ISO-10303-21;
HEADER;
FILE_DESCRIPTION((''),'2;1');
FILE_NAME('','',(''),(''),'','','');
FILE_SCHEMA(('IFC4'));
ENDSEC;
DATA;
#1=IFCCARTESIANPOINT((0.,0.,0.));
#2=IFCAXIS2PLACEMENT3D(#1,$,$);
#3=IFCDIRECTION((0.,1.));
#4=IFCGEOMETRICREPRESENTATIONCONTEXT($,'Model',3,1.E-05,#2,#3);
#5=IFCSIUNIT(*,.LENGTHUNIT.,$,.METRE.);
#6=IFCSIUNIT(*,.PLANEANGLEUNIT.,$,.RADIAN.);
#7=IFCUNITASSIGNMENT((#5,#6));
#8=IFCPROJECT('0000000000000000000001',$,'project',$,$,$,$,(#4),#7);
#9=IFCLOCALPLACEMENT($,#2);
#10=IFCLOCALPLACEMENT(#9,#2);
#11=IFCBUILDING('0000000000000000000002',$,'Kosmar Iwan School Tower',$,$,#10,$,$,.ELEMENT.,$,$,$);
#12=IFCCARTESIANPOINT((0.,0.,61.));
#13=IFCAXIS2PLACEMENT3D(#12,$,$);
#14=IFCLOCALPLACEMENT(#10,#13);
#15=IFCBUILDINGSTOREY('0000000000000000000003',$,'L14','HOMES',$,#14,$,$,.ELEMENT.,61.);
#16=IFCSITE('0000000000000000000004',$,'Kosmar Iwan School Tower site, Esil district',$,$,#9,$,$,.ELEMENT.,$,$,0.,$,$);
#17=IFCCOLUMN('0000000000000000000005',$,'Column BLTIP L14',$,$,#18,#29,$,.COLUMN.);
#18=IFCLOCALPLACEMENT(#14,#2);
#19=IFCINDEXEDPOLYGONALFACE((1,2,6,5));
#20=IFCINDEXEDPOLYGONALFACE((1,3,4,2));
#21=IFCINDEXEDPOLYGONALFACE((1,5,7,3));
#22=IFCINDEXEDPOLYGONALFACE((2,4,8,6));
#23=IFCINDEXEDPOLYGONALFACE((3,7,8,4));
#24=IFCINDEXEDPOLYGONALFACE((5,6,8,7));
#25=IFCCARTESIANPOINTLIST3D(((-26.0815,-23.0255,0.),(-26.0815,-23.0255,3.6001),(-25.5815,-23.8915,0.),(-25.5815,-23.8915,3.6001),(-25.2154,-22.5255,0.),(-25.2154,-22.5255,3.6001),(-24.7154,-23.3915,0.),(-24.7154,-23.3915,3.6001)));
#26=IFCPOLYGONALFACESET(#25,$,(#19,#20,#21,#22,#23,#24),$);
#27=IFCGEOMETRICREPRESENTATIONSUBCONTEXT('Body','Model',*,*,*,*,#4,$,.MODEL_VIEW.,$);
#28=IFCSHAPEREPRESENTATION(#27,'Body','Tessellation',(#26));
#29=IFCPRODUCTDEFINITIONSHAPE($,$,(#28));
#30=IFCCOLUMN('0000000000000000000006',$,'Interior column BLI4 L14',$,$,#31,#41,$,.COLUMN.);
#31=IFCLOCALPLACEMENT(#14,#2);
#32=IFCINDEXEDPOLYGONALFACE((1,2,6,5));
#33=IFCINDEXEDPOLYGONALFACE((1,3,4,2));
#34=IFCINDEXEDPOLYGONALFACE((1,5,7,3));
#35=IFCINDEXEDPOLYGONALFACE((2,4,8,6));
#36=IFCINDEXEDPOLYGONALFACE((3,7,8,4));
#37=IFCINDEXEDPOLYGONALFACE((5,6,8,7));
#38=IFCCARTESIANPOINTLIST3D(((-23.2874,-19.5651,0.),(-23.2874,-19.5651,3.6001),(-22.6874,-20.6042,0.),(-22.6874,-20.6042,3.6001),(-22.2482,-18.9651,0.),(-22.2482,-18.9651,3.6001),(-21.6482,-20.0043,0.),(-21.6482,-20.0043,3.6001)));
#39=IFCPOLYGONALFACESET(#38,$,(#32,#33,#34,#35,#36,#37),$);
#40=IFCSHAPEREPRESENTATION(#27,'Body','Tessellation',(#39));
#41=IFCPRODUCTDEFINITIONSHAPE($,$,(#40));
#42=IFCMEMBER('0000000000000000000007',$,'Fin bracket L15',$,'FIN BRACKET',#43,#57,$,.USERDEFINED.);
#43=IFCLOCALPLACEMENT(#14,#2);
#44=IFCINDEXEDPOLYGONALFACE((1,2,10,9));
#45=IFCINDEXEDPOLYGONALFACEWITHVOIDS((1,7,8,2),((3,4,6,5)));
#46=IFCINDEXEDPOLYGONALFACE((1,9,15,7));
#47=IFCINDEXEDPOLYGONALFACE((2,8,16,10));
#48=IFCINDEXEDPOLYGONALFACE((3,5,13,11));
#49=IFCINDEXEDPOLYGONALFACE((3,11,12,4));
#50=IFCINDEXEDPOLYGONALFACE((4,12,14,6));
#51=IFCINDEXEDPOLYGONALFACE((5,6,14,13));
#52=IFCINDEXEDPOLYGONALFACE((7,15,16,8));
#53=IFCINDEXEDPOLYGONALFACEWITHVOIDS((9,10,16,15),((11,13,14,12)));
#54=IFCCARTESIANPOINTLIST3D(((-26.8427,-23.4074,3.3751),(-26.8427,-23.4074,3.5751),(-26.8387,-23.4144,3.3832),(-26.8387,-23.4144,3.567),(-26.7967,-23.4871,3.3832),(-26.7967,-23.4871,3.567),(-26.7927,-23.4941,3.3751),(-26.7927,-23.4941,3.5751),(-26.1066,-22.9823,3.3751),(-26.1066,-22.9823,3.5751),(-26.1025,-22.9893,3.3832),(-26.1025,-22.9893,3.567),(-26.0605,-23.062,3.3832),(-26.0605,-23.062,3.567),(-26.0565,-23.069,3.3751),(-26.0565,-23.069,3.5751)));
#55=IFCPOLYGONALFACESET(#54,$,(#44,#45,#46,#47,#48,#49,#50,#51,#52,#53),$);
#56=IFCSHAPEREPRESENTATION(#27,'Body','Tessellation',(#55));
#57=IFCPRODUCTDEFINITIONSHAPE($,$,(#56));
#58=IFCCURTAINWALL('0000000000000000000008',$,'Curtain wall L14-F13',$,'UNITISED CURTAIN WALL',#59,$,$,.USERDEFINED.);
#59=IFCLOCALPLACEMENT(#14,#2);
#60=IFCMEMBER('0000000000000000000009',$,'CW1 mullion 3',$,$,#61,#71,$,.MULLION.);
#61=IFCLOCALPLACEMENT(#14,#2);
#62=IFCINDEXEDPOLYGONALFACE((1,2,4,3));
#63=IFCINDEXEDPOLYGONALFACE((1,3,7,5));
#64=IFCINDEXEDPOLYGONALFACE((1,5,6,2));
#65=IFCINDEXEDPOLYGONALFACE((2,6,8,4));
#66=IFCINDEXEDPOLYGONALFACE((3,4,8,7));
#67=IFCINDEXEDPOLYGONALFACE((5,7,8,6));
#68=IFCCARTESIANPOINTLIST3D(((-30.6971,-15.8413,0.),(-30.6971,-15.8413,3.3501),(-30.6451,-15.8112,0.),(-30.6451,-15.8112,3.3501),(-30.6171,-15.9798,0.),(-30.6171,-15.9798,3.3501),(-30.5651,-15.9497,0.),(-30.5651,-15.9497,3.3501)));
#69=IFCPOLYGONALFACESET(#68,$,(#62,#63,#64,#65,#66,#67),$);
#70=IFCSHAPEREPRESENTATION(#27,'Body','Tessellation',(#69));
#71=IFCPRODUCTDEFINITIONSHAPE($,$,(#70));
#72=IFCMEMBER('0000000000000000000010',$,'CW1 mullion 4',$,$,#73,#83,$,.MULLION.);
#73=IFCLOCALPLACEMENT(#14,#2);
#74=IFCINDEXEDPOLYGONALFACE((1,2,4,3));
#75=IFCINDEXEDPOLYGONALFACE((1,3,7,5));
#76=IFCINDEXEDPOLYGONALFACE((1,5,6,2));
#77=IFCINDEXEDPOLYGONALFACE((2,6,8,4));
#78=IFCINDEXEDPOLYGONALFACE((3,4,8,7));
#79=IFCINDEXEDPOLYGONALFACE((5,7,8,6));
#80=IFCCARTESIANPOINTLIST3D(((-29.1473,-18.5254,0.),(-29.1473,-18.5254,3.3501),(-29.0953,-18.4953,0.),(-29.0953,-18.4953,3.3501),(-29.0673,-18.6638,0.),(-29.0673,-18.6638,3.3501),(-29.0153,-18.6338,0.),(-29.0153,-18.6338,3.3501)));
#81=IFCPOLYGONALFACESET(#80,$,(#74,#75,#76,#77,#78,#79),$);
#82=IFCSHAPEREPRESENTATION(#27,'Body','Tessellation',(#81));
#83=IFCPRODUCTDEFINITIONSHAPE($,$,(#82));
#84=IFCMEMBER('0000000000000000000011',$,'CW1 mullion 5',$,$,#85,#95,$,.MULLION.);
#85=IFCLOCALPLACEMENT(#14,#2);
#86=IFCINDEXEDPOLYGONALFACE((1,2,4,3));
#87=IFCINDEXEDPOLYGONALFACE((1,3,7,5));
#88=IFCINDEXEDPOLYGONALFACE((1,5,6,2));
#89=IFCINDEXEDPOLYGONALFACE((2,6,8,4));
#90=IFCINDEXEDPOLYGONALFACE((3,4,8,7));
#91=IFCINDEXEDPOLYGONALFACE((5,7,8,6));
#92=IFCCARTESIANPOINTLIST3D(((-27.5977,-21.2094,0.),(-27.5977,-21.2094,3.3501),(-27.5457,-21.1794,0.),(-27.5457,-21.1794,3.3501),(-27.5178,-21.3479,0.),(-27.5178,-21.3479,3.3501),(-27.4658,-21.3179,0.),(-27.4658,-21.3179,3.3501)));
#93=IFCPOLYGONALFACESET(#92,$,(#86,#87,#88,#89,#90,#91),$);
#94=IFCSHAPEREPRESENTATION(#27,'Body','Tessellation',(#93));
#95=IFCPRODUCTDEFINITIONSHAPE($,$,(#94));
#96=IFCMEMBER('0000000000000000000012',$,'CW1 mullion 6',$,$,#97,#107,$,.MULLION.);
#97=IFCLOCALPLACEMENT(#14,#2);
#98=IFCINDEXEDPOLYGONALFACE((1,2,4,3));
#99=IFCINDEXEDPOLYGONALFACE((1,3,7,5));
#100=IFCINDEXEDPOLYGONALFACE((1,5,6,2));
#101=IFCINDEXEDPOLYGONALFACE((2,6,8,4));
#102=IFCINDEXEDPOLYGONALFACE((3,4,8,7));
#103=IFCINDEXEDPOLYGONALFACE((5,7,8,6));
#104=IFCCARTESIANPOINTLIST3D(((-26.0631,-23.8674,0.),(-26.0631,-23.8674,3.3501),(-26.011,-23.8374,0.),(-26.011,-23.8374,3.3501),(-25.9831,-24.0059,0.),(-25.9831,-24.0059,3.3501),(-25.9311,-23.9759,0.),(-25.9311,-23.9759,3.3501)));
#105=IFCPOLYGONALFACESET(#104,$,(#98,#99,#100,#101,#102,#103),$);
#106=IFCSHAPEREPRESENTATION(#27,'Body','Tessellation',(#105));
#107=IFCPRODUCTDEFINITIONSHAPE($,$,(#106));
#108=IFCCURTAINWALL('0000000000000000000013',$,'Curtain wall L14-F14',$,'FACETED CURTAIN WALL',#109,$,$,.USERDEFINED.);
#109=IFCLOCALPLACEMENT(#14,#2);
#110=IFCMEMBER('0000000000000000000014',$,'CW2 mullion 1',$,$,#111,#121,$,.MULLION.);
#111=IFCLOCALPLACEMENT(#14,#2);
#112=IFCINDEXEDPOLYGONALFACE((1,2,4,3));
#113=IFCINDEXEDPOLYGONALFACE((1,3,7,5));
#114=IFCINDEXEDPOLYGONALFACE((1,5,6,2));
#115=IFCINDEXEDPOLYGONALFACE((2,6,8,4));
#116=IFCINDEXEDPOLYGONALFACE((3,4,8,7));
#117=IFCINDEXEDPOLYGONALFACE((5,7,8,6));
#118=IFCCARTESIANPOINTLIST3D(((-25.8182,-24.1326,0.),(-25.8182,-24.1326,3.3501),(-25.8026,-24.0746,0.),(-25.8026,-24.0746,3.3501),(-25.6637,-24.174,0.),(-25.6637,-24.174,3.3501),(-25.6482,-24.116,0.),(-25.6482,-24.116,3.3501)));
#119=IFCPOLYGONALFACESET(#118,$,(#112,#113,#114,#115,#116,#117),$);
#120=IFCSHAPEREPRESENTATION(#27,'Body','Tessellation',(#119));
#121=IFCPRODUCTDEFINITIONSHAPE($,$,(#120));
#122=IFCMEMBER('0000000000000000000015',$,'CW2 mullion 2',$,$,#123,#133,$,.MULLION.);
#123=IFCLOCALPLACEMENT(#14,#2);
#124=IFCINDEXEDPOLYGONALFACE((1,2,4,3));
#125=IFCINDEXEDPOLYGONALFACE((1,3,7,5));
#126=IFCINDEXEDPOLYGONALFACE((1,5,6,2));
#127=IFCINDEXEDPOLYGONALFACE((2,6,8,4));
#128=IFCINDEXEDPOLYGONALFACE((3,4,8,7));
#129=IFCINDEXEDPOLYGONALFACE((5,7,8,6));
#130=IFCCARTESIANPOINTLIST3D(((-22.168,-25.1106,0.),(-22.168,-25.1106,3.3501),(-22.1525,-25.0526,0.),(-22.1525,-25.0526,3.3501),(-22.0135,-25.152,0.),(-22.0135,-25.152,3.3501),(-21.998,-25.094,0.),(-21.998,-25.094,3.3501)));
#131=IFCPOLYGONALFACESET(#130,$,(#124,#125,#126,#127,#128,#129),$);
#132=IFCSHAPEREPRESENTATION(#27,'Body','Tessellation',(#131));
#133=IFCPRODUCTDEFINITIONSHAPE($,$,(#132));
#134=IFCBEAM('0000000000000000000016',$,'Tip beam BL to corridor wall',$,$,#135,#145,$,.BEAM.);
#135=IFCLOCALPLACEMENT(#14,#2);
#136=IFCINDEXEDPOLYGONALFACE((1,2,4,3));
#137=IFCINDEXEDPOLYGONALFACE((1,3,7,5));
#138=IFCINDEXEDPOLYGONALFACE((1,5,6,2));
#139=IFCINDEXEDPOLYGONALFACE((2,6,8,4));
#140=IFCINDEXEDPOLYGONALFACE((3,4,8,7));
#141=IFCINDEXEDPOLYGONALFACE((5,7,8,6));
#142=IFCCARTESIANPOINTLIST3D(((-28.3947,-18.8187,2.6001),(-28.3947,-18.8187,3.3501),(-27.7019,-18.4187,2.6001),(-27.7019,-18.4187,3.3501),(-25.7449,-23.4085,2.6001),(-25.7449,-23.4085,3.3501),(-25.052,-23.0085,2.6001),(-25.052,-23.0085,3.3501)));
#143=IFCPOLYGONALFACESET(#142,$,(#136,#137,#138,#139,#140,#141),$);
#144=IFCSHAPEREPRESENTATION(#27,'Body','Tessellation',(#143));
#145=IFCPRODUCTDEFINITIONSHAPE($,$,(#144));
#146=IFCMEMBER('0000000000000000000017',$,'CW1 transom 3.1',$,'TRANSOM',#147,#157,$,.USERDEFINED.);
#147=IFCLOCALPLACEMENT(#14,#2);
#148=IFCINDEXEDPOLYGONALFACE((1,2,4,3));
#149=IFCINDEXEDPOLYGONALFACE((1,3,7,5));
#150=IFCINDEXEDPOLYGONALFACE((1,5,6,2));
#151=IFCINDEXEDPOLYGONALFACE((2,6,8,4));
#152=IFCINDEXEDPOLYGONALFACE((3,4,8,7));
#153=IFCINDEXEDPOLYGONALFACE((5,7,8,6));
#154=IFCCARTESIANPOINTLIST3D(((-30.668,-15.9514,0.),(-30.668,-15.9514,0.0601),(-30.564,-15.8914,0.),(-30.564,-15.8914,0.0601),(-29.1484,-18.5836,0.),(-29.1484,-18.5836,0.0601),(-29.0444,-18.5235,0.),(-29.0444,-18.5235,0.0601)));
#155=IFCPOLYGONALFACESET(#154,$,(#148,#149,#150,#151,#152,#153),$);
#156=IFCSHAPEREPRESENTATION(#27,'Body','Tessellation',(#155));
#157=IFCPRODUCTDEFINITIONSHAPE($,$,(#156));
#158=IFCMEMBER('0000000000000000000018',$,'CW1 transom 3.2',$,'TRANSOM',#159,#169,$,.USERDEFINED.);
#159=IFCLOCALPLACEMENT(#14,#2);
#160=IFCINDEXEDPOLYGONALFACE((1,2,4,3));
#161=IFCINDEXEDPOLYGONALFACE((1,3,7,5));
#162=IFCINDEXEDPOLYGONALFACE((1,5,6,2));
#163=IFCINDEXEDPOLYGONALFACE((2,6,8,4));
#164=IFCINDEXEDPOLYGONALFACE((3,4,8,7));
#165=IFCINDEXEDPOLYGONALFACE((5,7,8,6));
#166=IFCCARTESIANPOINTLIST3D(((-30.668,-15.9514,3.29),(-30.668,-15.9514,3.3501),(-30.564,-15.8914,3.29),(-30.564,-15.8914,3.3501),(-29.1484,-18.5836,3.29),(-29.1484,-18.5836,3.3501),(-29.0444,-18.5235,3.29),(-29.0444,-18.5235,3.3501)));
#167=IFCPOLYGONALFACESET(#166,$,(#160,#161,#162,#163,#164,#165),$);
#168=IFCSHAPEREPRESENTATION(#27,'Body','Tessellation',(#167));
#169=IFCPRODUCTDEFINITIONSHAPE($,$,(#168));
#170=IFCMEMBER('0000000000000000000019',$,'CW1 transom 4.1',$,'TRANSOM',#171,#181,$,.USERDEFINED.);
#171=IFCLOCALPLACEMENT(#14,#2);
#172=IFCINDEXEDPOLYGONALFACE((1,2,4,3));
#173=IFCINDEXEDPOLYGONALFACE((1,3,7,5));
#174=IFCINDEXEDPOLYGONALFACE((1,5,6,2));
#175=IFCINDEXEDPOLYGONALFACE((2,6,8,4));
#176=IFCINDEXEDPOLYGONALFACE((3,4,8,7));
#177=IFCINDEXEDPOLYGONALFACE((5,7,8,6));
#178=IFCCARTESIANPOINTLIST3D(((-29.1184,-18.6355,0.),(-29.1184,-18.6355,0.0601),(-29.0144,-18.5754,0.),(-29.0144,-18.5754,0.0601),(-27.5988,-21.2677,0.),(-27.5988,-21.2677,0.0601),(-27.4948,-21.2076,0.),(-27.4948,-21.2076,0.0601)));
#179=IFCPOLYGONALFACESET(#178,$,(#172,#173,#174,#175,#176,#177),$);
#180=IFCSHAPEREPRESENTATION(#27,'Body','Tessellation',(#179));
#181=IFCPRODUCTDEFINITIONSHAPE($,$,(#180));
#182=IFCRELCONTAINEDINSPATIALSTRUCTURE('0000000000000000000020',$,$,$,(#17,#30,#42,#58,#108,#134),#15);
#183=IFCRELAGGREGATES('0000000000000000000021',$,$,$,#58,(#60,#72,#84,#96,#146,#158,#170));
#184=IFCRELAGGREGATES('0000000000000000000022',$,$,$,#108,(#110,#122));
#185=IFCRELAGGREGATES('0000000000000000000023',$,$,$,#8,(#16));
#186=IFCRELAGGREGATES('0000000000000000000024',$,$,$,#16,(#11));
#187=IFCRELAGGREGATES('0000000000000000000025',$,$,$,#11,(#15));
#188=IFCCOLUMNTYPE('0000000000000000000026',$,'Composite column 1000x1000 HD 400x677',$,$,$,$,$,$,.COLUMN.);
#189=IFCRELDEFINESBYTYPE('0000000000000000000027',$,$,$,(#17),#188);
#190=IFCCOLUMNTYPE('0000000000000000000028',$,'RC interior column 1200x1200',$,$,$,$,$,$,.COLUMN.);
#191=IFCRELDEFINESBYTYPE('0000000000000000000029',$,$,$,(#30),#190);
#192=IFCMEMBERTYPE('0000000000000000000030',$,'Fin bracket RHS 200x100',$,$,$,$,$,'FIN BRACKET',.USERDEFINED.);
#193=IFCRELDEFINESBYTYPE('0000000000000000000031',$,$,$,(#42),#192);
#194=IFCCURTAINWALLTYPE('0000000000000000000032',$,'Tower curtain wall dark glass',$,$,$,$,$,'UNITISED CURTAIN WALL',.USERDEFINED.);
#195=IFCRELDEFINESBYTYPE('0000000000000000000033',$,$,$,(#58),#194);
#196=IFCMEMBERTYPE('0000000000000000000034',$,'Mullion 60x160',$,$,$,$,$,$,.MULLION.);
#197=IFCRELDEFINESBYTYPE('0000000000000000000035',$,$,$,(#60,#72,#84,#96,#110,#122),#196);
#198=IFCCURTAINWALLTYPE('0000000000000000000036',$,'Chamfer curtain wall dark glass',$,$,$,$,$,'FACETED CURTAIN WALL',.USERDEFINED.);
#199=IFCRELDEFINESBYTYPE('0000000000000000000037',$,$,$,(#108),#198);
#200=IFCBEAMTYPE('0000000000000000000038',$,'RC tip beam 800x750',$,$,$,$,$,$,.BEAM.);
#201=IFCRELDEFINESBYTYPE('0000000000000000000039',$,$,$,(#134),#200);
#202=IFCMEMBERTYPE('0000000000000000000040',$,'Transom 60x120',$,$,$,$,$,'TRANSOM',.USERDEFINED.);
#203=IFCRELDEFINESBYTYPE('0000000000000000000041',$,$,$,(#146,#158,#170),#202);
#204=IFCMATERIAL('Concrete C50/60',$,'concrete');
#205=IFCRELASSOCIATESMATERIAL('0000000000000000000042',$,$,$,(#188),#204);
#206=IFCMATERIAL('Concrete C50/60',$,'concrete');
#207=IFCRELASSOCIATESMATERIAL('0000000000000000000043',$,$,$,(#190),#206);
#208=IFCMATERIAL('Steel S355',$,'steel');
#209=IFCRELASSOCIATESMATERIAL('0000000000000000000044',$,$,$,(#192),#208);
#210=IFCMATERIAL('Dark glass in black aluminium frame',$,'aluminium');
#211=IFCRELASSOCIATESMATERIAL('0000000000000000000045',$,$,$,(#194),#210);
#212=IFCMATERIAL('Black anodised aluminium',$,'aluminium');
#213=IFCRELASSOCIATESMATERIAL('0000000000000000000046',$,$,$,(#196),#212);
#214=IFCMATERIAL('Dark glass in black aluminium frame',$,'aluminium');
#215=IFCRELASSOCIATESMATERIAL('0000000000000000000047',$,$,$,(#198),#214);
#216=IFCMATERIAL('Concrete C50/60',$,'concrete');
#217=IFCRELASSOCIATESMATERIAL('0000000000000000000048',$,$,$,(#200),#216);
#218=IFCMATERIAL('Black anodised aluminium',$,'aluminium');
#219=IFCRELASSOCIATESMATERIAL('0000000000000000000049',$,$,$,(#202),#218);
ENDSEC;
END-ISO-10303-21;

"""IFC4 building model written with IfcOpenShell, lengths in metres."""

from ifc_helpers import new_model, si_unit, direction, frame, origin, origin_2d, place, context, subcontext, project, spatial, rectangle, hollow_rectangle, extrude, material, material_profile, profile_set, type_object, element, aggregate, save


model = new_model("IFC4")

# Units and contexts
model_context = context("Model", 3, precision=1e-05, world=origin(), true_north=direction((0.0, 1.0)))
body_context = subcontext(model_context, "Body", "Model", "MODEL_VIEW")
ifc_project = project(units=[si_unit("LENGTHUNIT", "METRE"), si_unit("PLANEANGLEUNIT", "RADIAN")], contexts=[model_context])

# Site, building, storey
site_placement = place(None, origin())
site = spatial("IfcSite", under=ifc_project, at=site_placement, Name="Kosmar Iwan School Tower site, Esil district", CompositionType="ELEMENT", RefElevation=0.0)
building_placement = place(site_placement, origin())
building = spatial("IfcBuilding", under=site, at=building_placement, Name="Kosmar Iwan School Tower", CompositionType="ELEMENT")
storey_placement = place(building_placement, frame((0.0, 0.0, 61.0)))
storey = spatial("IfcBuildingStorey", under=building, at=storey_placement, Name="L14", Description="HOMES", CompositionType="ELEMENT", Elevation=61.0)

# Columns
ifc_material_1 = material(Name="Concrete C50/60", Category="concrete")
ifc_material_profile_1 = material_profile(ifc_material_1, rectangle(XDim=1.0, YDim=1.0, at=origin_2d()), Name="RC 1000x1000 + HD 400x677")
ifc_profile_set_1 = profile_set([ifc_material_profile_1], Name="Concrete C50/60")
column_type_1 = type_object("IfcColumnType", Name="Composite column 1000x1000 HD 400x677", PredefinedType="COLUMN", material=ifc_profile_set_1)
column_1_placement = place(storey_placement, frame((-25.3984, -23.2085, 0.0), z_axis=(0.0, 0.0, 1.0), x_axis=(-0.866025, -0.5, 0.0)))
element("IfcColumn", 1, at=column_1_placement, inside=storey, type_object=column_type_1, Name="Column BLTIP L14", PredefinedType="COLUMN", context=body_context, shape_type="SweptSolid", body=[
    extrude(rectangle(XDim=1.0, YDim=1.0, at=origin_2d()), origin(), (0.0, 0.0, 1.0), 3.6001),
])
ifc_material_2 = material(Name="Concrete C50/60", Category="concrete")
ifc_material_profile_2 = material_profile(ifc_material_2, rectangle(XDim=1.2, YDim=1.2, at=origin_2d()), Name="RC 1200x1200")
ifc_profile_set_2 = profile_set([ifc_material_profile_2], Name="Concrete C50/60")
column_type_2 = type_object("IfcColumnType", Name="RC interior column 1200x1200", PredefinedType="COLUMN", material=ifc_profile_set_2)
column_2_placement = place(storey_placement, frame((-22.4678, -19.7847, 0.0), z_axis=(0.0, 0.0, 1.0), x_axis=(-0.866025, -0.5, 0.0)))
element("IfcColumn", 2, at=column_2_placement, inside=storey, type_object=column_type_2, Name="Interior column BLI4 L14", PredefinedType="COLUMN", context=body_context, shape_type="SweptSolid", body=[
    extrude(rectangle(XDim=1.2, YDim=1.2, at=origin_2d()), origin(), (0.0, 0.0, 1.0), 3.6001),
])

# Member
ifc_material_3 = material(Name="Steel S355", Category="steel")
ifc_material_profile_3 = material_profile(ifc_material_3, hollow_rectangle(XDim=0.1001, YDim=0.2, WallThickness=0.0081, at=origin_2d()), Name="RHS 200x100x8")
ifc_profile_set_3 = profile_set([ifc_material_profile_3], Name="Steel S355")
member_type_1 = type_object("IfcMemberType", Name="Fin bracket RHS 200x100", ElementType="FIN BRACKET", PredefinedType="USERDEFINED", material=ifc_profile_set_3)
member_1_placement = place(storey_placement, frame((-26.0815, -23.0256, 3.4751), z_axis=(-0.865989, -0.500062, 0.0), x_axis=(0.500062, -0.865989, 0.0)))
element("IfcMember", 3, at=member_1_placement, inside=storey, type_object=member_type_1, Name="Fin bracket L15", ObjectType="FIN BRACKET", PredefinedType="USERDEFINED", context=body_context, shape_type="SweptSolid", body=[
    extrude(hollow_rectangle(XDim=0.1001, YDim=0.2, WallThickness=0.0081, at=origin_2d()), origin(), (0.0, 0.0, 1.0), 0.8501),
])

# Curtain walls, members
ifc_material_4 = material(Name="Dark glass in black aluminium frame", Category="aluminium")
curtain_wall_type_1 = type_object("IfcCurtainWallType", Name="Tower curtain wall dark glass", ElementType="UNITISED CURTAIN WALL", PredefinedType="USERDEFINED", material=ifc_material_4)
curtain_wall_1_placement = place(storey_placement, origin())
curtain_wall_1 = element("IfcCurtainWall", 4, at=curtain_wall_1_placement, inside=storey, type_object=curtain_wall_type_1, Name="Curtain wall L14-F13", ObjectType="UNITISED CURTAIN WALL", PredefinedType="USERDEFINED")
ifc_material_5 = material(Name="Black anodised aluminium", Category="aluminium")
ifc_material_profile_4 = material_profile(ifc_material_5, rectangle(XDim=0.0601, YDim=0.1599, at=origin_2d()), Name="MULLION 60x160")
ifc_profile_set_4 = profile_set([ifc_material_profile_4], Name="Black anodised aluminium")
member_type_2 = type_object("IfcMemberType", Name="Mullion 60x160", PredefinedType="MULLION", material=ifc_profile_set_4)
member_2_placement = place(storey_placement, frame((-30.6311, -15.8955, 0.0), z_axis=(0.0, 0.0, 1.0), x_axis=(0.866025, 0.5, 0.0)))
member_2 = element("IfcMember", 5, at=member_2_placement, type_object=member_type_2, Name="CW1 mullion 3", PredefinedType="MULLION", context=body_context, shape_type="SweptSolid", body=[
    extrude(rectangle(XDim=0.0601, YDim=0.1599, at=origin_2d()), origin(), (0.0, 0.0, 1.0), 3.3501),
])
member_3_placement = place(storey_placement, frame((-29.0813, -18.5796, 0.0), z_axis=(0.0, 0.0, 1.0), x_axis=(0.866025, 0.5, 0.0)))
member_3 = element("IfcMember", 6, at=member_3_placement, type_object=member_type_2, Name="CW1 mullion 4", PredefinedType="MULLION", context=body_context, shape_type="SweptSolid", body=[
    extrude(rectangle(XDim=0.0601, YDim=0.1599, at=origin_2d()), origin(), (0.0, 0.0, 1.0), 3.3501),
])
member_4_placement = place(storey_placement, frame((-27.5317, -21.2637, 0.0), z_axis=(0.0, 0.0, 1.0), x_axis=(0.866025, 0.5, 0.0)))
member_4 = element("IfcMember", 7, at=member_4_placement, type_object=member_type_2, Name="CW1 mullion 5", PredefinedType="MULLION", context=body_context, shape_type="SweptSolid", body=[
    extrude(rectangle(XDim=0.0601, YDim=0.1599, at=origin_2d()), origin(), (0.0, 0.0, 1.0), 3.3501),
])
member_5_placement = place(storey_placement, frame((-25.9971, -23.9216, 0.0), z_axis=(0.0, 0.0, 1.0), x_axis=(0.866025, 0.5, 0.0)))
member_5 = element("IfcMember", 8, at=member_5_placement, type_object=member_type_2, Name="CW1 mullion 6", PredefinedType="MULLION", context=body_context, shape_type="SweptSolid", body=[
    extrude(rectangle(XDim=0.0601, YDim=0.1599, at=origin_2d()), origin(), (0.0, 0.0, 1.0), 3.3501),
])
ifc_material_6 = material(Name="Dark glass in black aluminium frame", Category="aluminium")
curtain_wall_type_2 = type_object("IfcCurtainWallType", Name="Chamfer curtain wall dark glass", ElementType="FACETED CURTAIN WALL", PredefinedType="USERDEFINED", material=ifc_material_6)
curtain_wall_2_placement = place(storey_placement, origin())
curtain_wall_2 = element("IfcCurtainWall", 9, at=curtain_wall_2_placement, inside=storey, type_object=curtain_wall_type_2, Name="Curtain wall L14-F14", ObjectType="FACETED CURTAIN WALL", PredefinedType="USERDEFINED")
member_6_placement = place(storey_placement, frame((-25.7332, -24.1243, 0.0), z_axis=(0.0, 0.0, 1.0), x_axis=(0.258819, 0.965926, 0.0)))
member_6 = element("IfcMember", 10, at=member_6_placement, type_object=member_type_2, Name="CW2 mullion 1", PredefinedType="MULLION", context=body_context, shape_type="SweptSolid", body=[
    extrude(rectangle(XDim=0.0601, YDim=0.1599, at=origin_2d()), origin(), (0.0, 0.0, 1.0), 3.3501),
])
member_7_placement = place(storey_placement, frame((-22.083, -25.1023, 0.0), z_axis=(0.0, 0.0, 1.0), x_axis=(0.258819, 0.965926, 0.0)))
member_7 = element("IfcMember", 11, at=member_7_placement, type_object=member_type_2, Name="CW2 mullion 2", PredefinedType="MULLION", context=body_context, shape_type="SweptSolid", body=[
    extrude(rectangle(XDim=0.0601, YDim=0.1599, at=origin_2d()), origin(), (0.0, 0.0, 1.0), 3.3501),
])

# Beam
ifc_material_7 = material(Name="Concrete C50/60", Category="concrete")
ifc_material_profile_5 = material_profile(ifc_material_7, rectangle(XDim=0.8, YDim=0.75, at=origin_2d()), Name="RC 800x750")
ifc_profile_set_5 = profile_set([ifc_material_profile_5], Name="Concrete C50/60")
beam_type = type_object("IfcBeamType", Name="RC tip beam 800x750", PredefinedType="BEAM", material=ifc_profile_set_5)
beam_placement = place(storey_placement, frame((-25.3984, -23.2085, 2.9751), z_axis=(-0.499994, 0.866029, 0.0), x_axis=(-0.866029, -0.499994, 0.0)))
element("IfcBeam", 12, at=beam_placement, inside=storey, type_object=beam_type, Name="Tip beam BL to corridor wall", PredefinedType="BEAM", context=body_context, shape_type="SweptSolid", body=[
    extrude(rectangle(XDim=0.8, YDim=0.75, at=origin_2d()), origin(), (0.0, 0.0, 1.0), 5.2998),
])

# Members
ifc_material_8 = material(Name="Black anodised aluminium", Category="aluminium")
ifc_material_profile_6 = material_profile(ifc_material_8, rectangle(XDim=0.1201, YDim=0.0601, at=origin_2d()), Name="TRANSOM 60x120")
ifc_profile_set_6 = profile_set([ifc_material_profile_6], Name="Black anodised aluminium")
member_type_3 = type_object("IfcMemberType", Name="Transom 60x120", ElementType="TRANSOM", PredefinedType="USERDEFINED", material=ifc_profile_set_6)
member_8_placement = place(storey_placement, frame((-30.616, -15.9214, 0.03), z_axis=(0.499975, -0.86604, 0.0), x_axis=(0.86604, 0.499975, 0.0)))
member_8 = element("IfcMember", 13, at=member_8_placement, type_object=member_type_3, Name="CW1 transom 3.1", ObjectType="TRANSOM", PredefinedType="USERDEFINED", context=body_context, shape_type="SweptSolid", body=[
    extrude(rectangle(XDim=0.1201, YDim=0.0601, at=origin_2d()), origin(), (0.0, 0.0, 1.0), 3.0393),
])
member_9_placement = place(storey_placement, frame((-30.616, -15.9214, 3.3201), z_axis=(0.499975, -0.86604, 0.0), x_axis=(0.86604, 0.499975, 0.0)))
member_9 = element("IfcMember", 14, at=member_9_placement, type_object=member_type_3, Name="CW1 transom 3.2", ObjectType="TRANSOM", PredefinedType="USERDEFINED", context=body_context, shape_type="SweptSolid", body=[
    extrude(rectangle(XDim=0.1201, YDim=0.0601, at=origin_2d()), origin(), (0.0, 0.0, 1.0), 3.0393),
])
member_10_placement = place(storey_placement, frame((-29.0664, -18.6055, 0.03), z_axis=(0.499975, -0.86604, 0.0), x_axis=(0.86604, 0.499975, 0.0)))
member_10 = element("IfcMember", 15, at=member_10_placement, type_object=member_type_3, Name="CW1 transom 4.1", ObjectType="TRANSOM", PredefinedType="USERDEFINED", context=body_context, shape_type="SweptSolid", body=[
    extrude(rectangle(XDim=0.1201, YDim=0.0601, at=origin_2d()), origin(), (0.0, 0.0, 1.0), 3.0393),
])

aggregate(curtain_wall_1, [member_2, member_3, member_4, member_5, member_8, member_9, member_10])
aggregate(curtain_wall_2, [member_6, member_7])

save(model, "model.ifc")
